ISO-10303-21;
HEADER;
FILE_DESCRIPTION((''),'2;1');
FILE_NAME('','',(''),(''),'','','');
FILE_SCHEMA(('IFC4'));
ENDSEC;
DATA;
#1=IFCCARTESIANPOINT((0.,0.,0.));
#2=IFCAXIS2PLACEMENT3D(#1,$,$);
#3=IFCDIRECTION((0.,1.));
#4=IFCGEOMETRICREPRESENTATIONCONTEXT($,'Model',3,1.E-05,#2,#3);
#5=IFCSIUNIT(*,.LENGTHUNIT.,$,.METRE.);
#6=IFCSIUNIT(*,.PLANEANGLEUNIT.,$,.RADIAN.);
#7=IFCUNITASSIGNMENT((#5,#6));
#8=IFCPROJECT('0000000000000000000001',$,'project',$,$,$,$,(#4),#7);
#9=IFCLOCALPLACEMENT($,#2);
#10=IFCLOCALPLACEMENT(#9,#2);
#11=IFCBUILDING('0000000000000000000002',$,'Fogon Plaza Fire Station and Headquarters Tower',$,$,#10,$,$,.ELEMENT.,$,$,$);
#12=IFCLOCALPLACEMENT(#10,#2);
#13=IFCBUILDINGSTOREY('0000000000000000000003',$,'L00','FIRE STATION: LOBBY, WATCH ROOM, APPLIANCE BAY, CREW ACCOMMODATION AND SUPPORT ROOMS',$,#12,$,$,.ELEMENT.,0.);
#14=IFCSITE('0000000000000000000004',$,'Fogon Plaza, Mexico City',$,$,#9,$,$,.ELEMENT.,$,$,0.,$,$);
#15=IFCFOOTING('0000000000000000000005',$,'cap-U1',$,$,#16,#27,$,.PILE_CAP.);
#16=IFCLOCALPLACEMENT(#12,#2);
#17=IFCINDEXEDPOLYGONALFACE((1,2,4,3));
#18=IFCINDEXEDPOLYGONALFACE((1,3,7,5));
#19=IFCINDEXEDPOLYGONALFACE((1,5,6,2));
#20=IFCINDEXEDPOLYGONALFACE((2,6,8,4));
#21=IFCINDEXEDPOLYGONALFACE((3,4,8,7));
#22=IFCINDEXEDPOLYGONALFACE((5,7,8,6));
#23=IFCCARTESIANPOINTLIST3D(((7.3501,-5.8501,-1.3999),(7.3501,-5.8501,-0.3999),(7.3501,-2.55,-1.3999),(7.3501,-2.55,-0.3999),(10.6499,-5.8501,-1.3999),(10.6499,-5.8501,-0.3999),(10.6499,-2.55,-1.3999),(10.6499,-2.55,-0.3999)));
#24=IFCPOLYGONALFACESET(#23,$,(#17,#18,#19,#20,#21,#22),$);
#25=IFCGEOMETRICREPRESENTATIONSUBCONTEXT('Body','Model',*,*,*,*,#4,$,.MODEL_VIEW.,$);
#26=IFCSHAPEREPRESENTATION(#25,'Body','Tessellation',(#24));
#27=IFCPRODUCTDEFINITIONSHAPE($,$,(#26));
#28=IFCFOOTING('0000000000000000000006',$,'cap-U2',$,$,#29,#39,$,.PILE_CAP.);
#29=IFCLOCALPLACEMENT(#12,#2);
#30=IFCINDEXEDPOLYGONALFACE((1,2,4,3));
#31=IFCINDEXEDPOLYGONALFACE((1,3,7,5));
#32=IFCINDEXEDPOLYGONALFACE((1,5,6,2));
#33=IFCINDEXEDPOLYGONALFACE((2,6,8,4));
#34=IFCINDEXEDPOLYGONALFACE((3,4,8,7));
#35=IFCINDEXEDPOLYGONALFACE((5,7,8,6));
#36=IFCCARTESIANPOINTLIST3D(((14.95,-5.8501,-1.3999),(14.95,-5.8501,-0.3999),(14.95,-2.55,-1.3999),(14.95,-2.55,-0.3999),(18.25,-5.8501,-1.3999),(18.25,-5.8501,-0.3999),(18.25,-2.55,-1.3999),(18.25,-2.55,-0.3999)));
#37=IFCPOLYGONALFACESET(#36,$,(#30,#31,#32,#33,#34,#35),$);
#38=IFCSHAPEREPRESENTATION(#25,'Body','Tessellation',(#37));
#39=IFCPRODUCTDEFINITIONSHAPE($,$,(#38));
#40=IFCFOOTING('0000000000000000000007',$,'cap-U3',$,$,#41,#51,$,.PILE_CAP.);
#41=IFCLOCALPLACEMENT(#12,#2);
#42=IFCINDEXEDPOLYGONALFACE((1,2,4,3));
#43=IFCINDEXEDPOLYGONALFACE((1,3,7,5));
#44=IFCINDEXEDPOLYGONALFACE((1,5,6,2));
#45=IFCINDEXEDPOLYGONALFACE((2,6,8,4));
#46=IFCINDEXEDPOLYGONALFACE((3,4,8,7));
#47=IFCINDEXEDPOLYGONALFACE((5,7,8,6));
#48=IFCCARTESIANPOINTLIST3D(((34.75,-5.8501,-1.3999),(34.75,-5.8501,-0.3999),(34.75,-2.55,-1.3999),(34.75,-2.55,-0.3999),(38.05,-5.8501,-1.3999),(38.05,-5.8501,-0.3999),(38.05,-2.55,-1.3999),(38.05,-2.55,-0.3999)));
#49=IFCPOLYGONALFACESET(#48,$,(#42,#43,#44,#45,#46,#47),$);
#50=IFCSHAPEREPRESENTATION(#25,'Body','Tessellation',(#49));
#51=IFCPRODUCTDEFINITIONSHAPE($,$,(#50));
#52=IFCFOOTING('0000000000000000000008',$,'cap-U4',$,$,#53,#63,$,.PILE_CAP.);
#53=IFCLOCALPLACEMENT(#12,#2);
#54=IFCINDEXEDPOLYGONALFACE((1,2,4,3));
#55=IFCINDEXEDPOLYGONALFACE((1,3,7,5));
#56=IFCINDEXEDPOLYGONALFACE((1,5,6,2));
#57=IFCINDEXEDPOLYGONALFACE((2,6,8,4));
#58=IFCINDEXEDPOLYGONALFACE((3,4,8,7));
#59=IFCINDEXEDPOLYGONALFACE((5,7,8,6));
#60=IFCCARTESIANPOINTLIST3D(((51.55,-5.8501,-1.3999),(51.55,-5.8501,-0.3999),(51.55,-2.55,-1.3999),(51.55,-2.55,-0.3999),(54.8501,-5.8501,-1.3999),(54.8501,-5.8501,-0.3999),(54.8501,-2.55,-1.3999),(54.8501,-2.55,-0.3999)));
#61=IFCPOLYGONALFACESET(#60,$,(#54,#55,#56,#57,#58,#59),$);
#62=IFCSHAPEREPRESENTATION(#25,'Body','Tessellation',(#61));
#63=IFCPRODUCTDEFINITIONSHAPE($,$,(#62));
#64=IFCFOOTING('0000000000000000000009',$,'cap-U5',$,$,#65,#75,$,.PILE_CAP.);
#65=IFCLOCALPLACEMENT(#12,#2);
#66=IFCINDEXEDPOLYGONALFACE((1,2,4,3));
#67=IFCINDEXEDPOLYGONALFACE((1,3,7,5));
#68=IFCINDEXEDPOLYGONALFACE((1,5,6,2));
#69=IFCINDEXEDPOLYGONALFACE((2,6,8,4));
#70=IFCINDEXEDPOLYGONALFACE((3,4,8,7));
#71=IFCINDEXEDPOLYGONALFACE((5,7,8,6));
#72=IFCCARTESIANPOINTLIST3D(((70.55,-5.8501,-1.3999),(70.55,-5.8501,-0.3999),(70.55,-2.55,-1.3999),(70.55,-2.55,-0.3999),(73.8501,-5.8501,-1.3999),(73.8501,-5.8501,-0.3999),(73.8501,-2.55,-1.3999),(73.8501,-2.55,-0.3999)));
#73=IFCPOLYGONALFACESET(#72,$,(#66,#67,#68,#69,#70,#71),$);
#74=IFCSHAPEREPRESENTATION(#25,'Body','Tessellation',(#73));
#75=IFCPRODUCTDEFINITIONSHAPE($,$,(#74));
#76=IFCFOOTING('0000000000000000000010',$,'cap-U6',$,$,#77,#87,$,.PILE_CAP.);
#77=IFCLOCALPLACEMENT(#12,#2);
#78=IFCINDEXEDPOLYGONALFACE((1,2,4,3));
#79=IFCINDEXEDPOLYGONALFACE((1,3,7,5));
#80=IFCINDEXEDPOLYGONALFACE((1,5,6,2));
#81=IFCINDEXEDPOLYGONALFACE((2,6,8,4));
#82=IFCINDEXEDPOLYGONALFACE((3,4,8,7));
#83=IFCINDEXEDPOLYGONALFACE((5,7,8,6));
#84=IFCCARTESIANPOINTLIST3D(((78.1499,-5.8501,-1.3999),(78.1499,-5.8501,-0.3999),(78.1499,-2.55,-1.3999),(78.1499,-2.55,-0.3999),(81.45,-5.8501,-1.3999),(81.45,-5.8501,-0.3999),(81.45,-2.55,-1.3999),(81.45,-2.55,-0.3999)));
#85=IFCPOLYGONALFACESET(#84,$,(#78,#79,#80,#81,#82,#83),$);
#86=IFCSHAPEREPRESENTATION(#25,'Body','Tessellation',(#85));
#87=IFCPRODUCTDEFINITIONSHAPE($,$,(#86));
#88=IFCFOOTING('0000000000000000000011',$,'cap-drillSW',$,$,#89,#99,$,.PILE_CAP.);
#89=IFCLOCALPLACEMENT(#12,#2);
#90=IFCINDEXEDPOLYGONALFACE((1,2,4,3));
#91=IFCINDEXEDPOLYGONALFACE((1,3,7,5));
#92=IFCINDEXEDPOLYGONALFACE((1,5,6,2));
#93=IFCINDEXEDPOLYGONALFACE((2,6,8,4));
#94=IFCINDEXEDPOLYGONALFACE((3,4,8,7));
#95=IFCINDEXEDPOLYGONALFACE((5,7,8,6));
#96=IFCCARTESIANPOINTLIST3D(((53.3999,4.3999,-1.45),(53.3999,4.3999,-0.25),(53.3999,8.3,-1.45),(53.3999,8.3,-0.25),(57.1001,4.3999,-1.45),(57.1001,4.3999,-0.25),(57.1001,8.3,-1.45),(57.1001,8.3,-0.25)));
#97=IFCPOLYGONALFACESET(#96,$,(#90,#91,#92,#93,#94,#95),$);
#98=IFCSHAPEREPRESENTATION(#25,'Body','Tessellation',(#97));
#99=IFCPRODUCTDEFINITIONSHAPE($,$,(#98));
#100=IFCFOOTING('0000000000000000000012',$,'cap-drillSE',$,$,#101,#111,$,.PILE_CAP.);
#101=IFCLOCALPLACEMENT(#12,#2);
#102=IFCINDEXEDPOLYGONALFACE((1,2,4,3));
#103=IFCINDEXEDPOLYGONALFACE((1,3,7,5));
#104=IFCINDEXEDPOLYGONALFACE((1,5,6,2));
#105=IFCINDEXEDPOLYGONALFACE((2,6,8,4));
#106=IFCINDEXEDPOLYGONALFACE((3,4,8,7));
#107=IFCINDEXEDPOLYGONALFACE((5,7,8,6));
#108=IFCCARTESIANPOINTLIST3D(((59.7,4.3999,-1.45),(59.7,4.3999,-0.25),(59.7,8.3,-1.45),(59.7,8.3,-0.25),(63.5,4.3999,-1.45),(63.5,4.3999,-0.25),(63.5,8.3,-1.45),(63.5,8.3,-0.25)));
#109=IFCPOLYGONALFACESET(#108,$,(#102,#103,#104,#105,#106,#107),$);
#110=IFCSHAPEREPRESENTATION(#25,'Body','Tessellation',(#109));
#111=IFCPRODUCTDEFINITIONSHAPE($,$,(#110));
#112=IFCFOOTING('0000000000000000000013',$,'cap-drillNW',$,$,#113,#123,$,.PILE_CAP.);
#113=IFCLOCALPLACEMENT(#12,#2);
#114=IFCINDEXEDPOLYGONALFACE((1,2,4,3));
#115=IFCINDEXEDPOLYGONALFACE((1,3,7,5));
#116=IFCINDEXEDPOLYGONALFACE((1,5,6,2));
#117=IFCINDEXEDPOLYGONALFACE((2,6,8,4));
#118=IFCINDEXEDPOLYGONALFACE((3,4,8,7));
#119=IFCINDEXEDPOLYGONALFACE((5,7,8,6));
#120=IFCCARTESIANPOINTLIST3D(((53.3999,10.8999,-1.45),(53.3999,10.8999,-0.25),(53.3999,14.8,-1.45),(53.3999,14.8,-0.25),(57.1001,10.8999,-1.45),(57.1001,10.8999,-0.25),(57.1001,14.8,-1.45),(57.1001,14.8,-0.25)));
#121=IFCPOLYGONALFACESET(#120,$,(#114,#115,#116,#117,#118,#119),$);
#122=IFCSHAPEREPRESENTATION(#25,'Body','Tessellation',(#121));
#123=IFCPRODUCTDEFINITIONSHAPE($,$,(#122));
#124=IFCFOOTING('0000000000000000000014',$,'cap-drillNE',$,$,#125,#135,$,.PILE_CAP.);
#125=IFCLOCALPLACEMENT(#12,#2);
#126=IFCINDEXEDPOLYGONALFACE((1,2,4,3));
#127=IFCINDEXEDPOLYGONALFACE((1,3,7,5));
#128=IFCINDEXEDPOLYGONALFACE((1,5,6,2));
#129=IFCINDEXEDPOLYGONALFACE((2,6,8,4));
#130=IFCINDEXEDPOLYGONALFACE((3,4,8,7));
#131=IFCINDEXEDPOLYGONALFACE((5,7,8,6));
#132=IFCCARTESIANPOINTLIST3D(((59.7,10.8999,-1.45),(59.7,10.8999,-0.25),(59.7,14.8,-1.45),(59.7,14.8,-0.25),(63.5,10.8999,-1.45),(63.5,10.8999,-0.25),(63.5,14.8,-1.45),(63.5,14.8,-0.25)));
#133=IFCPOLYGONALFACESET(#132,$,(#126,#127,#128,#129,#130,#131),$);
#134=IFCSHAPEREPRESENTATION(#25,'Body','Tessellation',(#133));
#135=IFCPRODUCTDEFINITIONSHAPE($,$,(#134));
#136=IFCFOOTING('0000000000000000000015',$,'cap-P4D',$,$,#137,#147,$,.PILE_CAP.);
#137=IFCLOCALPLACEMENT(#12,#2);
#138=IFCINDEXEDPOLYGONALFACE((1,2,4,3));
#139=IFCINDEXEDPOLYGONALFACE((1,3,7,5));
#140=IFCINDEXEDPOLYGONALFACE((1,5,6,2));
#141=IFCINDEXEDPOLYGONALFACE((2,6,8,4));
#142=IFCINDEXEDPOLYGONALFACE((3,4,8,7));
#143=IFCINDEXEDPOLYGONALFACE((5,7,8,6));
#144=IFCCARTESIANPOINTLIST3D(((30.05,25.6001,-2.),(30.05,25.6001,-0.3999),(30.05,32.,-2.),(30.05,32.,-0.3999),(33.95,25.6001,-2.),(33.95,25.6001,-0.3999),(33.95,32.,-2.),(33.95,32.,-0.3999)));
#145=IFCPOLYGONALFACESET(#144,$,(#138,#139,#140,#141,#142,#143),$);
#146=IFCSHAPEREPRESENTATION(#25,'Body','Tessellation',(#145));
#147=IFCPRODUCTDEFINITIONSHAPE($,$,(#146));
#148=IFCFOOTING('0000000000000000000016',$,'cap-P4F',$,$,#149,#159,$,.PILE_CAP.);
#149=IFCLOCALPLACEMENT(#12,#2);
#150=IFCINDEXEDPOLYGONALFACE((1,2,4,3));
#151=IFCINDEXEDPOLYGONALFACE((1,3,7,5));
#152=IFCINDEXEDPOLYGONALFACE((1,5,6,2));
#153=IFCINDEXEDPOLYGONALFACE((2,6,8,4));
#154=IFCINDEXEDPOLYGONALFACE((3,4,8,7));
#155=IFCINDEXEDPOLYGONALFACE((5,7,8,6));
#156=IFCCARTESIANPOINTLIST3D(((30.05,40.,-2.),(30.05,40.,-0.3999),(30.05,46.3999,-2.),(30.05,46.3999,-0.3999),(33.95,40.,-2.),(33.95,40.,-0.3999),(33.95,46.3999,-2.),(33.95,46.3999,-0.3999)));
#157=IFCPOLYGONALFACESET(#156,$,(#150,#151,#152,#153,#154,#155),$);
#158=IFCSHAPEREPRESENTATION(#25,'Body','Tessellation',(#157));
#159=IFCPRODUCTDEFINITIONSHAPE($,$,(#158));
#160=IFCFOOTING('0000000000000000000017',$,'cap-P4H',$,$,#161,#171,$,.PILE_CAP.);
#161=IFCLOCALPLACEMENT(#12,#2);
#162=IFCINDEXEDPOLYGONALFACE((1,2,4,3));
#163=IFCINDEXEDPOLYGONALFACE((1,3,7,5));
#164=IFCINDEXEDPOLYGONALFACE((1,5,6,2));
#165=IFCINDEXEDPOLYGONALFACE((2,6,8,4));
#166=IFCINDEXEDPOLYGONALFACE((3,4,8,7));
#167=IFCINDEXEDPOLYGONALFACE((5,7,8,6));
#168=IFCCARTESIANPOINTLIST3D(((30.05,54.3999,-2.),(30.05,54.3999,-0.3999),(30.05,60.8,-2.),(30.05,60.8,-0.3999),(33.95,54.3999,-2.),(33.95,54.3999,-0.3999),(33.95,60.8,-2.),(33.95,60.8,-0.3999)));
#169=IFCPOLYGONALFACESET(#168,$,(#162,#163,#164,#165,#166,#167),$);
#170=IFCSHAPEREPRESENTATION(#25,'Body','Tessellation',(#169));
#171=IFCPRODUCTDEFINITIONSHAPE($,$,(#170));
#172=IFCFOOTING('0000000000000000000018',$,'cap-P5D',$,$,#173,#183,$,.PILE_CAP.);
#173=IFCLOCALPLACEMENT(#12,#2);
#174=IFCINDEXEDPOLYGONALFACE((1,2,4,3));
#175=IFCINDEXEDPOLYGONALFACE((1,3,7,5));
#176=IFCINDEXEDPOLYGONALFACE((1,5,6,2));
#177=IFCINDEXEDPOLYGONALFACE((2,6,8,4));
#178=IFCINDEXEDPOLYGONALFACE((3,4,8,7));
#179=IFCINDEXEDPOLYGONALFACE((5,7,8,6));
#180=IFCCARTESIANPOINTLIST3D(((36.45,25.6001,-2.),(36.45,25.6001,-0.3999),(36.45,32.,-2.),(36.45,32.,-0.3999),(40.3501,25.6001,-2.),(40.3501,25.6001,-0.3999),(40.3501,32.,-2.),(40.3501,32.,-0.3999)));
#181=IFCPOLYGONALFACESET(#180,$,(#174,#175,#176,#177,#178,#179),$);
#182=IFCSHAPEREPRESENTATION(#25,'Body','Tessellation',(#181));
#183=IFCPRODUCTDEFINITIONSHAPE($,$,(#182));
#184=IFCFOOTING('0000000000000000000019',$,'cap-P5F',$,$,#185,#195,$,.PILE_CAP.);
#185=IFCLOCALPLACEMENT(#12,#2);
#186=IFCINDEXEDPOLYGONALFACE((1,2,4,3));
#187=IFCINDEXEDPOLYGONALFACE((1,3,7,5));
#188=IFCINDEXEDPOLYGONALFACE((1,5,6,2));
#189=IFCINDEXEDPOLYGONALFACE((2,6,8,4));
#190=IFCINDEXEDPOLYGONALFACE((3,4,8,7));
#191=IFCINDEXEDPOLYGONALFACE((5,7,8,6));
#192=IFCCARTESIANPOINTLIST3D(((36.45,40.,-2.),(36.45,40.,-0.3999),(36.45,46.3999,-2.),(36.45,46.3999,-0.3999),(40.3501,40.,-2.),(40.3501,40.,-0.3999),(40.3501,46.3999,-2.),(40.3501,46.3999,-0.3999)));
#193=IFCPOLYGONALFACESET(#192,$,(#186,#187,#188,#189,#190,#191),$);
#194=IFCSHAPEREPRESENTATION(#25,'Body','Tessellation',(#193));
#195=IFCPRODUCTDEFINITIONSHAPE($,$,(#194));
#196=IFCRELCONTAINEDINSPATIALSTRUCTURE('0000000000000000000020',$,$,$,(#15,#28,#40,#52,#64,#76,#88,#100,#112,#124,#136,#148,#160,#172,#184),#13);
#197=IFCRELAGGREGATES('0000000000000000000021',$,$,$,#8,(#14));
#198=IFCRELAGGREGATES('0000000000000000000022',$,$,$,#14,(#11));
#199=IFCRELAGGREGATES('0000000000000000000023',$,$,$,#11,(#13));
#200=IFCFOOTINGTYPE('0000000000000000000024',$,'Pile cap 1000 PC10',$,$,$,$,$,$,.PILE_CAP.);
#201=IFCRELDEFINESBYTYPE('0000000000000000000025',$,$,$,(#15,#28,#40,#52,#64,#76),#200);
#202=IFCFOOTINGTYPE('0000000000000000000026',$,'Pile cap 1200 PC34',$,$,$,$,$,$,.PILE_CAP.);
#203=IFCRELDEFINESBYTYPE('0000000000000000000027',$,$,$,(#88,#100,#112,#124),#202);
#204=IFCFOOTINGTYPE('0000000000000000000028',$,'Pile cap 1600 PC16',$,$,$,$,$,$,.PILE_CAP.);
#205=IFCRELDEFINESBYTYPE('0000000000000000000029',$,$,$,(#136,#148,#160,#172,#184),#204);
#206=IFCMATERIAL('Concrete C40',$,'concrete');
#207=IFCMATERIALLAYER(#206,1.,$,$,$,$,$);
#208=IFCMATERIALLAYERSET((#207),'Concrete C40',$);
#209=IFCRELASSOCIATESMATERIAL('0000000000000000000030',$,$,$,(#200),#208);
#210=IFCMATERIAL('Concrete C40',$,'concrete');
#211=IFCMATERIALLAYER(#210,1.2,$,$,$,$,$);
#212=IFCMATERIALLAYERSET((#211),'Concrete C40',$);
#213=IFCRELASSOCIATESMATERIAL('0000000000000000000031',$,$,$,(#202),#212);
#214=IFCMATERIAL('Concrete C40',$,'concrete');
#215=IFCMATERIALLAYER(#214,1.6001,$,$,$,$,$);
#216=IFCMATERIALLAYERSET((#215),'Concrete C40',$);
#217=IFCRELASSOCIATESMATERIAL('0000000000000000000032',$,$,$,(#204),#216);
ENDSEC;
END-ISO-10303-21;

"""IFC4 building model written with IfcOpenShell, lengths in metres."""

from ifc_helpers import new_model, si_unit, direction, frame, origin, place, context, subcontext, project, spatial, polyline, outline, extrude, material, layer, layer_set, type_object, element, save


model = new_model("IFC4")

# Units and contexts
model_context = context("Model", 3, precision=1e-05, world=origin(), true_north=direction((0.0, 1.0)))
body_context = subcontext(model_context, "Body", "Model", "MODEL_VIEW")
ifc_project = project(units=[si_unit("LENGTHUNIT", "METRE"), si_unit("PLANEANGLEUNIT", "RADIAN")], contexts=[model_context])

# Site, building, storey
site_placement = place(None, origin())
site = spatial("IfcSite", under=ifc_project, at=site_placement, Name="Fogon Plaza, Mexico City", CompositionType="ELEMENT", RefElevation=0.0)
building_placement = place(site_placement, origin())
building = spatial("IfcBuilding", under=site, at=building_placement, Name="Fogon Plaza Fire Station and Headquarters Tower", CompositionType="ELEMENT")
storey_placement = place(building_placement, origin())
storey = spatial("IfcBuildingStorey", under=building, at=storey_placement, Name="L00", Description="FIRE STATION: LOBBY, WATCH ROOM, APPLIANCE BAY, CREW ACCOMMODATION AND SUPPORT ROOMS", CompositionType="ELEMENT", Elevation=0.0)

# Footings
ifc_material_1 = material(Name="Concrete C40", Category="concrete")
ifc_layer_1 = layer(ifc_material_1, 1.0)
ifc_layer_set_1 = layer_set([ifc_layer_1], Name="Concrete C40")
footing_type_1 = type_object("IfcFootingType", Name="Pile cap 1000 PC10", PredefinedType="PILE_CAP", material=ifc_layer_set_1)
footing_1_placement = place(storey_placement, frame((0.0, 0.0, -1.3999)))
element("IfcFooting", 1, at=footing_1_placement, inside=storey, type_object=footing_type_1, Name="cap-U1", PredefinedType="PILE_CAP", context=body_context, shape_type="SweptSolid", body=[
    extrude(outline(polyline([(10.6499, -5.8501), (10.6499, -2.55), (7.3501, -2.55), (7.3501, -5.8501), (10.6499, -5.8501)])), origin(), (0.0, 0.0, 1.0), 1.0),
])
footing_2_placement = place(storey_placement, frame((0.0, 0.0, -1.3999)))
element("IfcFooting", 2, at=footing_2_placement, inside=storey, type_object=footing_type_1, Name="cap-U2", PredefinedType="PILE_CAP", context=body_context, shape_type="SweptSolid", body=[
    extrude(outline(polyline([(18.25, -5.8501), (18.25, -2.55), (14.95, -2.55), (14.95, -5.8501), (18.25, -5.8501)])), origin(), (0.0, 0.0, 1.0), 1.0),
])
footing_3_placement = place(storey_placement, frame((0.0, 0.0, -1.3999)))
element("IfcFooting", 3, at=footing_3_placement, inside=storey, type_object=footing_type_1, Name="cap-U3", PredefinedType="PILE_CAP", context=body_context, shape_type="SweptSolid", body=[
    extrude(outline(polyline([(38.05, -5.8501), (38.05, -2.55), (34.75, -2.55), (34.75, -5.8501), (38.05, -5.8501)])), origin(), (0.0, 0.0, 1.0), 1.0),
])
footing_4_placement = place(storey_placement, frame((0.0, 0.0, -1.3999)))
element("IfcFooting", 4, at=footing_4_placement, inside=storey, type_object=footing_type_1, Name="cap-U4", PredefinedType="PILE_CAP", context=body_context, shape_type="SweptSolid", body=[
    extrude(outline(polyline([(54.8501, -5.8501), (54.8501, -2.55), (51.55, -2.55), (51.55, -5.8501), (54.8501, -5.8501)])), origin(), (0.0, 0.0, 1.0), 1.0),
])
footing_5_placement = place(storey_placement, frame((0.0, 0.0, -1.3999)))
element("IfcFooting", 5, at=footing_5_placement, inside=storey, type_object=footing_type_1, Name="cap-U5", PredefinedType="PILE_CAP", context=body_context, shape_type="SweptSolid", body=[
    extrude(outline(polyline([(73.8501, -5.8501), (73.8501, -2.55), (70.55, -2.55), (70.55, -5.8501), (73.8501, -5.8501)])), origin(), (0.0, 0.0, 1.0), 1.0),
])
footing_6_placement = place(storey_placement, frame((0.0, 0.0, -1.3999)))
element("IfcFooting", 6, at=footing_6_placement, inside=storey, type_object=footing_type_1, Name="cap-U6", PredefinedType="PILE_CAP", context=body_context, shape_type="SweptSolid", body=[
    extrude(outline(polyline([(81.45, -5.8501), (81.45, -2.55), (78.1499, -2.55), (78.1499, -5.8501), (81.45, -5.8501)])), origin(), (0.0, 0.0, 1.0), 1.0),
])
ifc_material_2 = material(Name="Concrete C40", Category="concrete")
ifc_layer_2 = layer(ifc_material_2, 1.2)
ifc_layer_set_2 = layer_set([ifc_layer_2], Name="Concrete C40")
footing_type_2 = type_object("IfcFootingType", Name="Pile cap 1200 PC34", PredefinedType="PILE_CAP", material=ifc_layer_set_2)
footing_7_placement = place(storey_placement, frame((0.0, 0.0, -1.45)))
element("IfcFooting", 7, at=footing_7_placement, inside=storey, type_object=footing_type_2, Name="cap-drillSW", PredefinedType="PILE_CAP", context=body_context, shape_type="SweptSolid", body=[
    extrude(outline(polyline([(57.1001, 4.3999), (57.1001, 8.3), (53.3999, 8.3), (53.3999, 4.3999), (57.1001, 4.3999)])), origin(), (0.0, 0.0, 1.0), 1.2),
])
footing_8_placement = place(storey_placement, frame((0.0, 0.0, -1.45)))
element("IfcFooting", 8, at=footing_8_placement, inside=storey, type_object=footing_type_2, Name="cap-drillSE", PredefinedType="PILE_CAP", context=body_context, shape_type="SweptSolid", body=[
    extrude(outline(polyline([(63.5, 4.3999), (63.5, 8.3), (59.7, 8.3), (59.7, 4.3999), (63.5, 4.3999)])), origin(), (0.0, 0.0, 1.0), 1.2),
])
footing_9_placement = place(storey_placement, frame((0.0, 0.0, -1.45)))
element("IfcFooting", 9, at=footing_9_placement, inside=storey, type_object=footing_type_2, Name="cap-drillNW", PredefinedType="PILE_CAP", context=body_context, shape_type="SweptSolid", body=[
    extrude(outline(polyline([(57.1001, 10.8999), (57.1001, 14.8), (53.3999, 14.8), (53.3999, 10.8999), (57.1001, 10.8999)])), origin(), (0.0, 0.0, 1.0), 1.2),
])
footing_10_placement = place(storey_placement, frame((0.0, 0.0, -1.45)))
element("IfcFooting", 10, at=footing_10_placement, inside=storey, type_object=footing_type_2, Name="cap-drillNE", PredefinedType="PILE_CAP", context=body_context, shape_type="SweptSolid", body=[
    extrude(outline(polyline([(63.5, 10.8999), (63.5, 14.8), (59.7, 14.8), (59.7, 10.8999), (63.5, 10.8999)])), origin(), (0.0, 0.0, 1.0), 1.2),
])
ifc_material_3 = material(Name="Concrete C40", Category="concrete")
ifc_layer_3 = layer(ifc_material_3, 1.6001)
ifc_layer_set_3 = layer_set([ifc_layer_3], Name="Concrete C40")
footing_type_3 = type_object("IfcFootingType", Name="Pile cap 1600 PC16", PredefinedType="PILE_CAP", material=ifc_layer_set_3)
footing_11_placement = place(storey_placement, frame((0.0, 0.0, -2.0)))
element("IfcFooting", 11, at=footing_11_placement, inside=storey, type_object=footing_type_3, Name="cap-P4D", PredefinedType="PILE_CAP", context=body_context, shape_type="SweptSolid", body=[
    extrude(outline(polyline([(33.95, 25.6001), (33.95, 32.0), (30.05, 32.0), (30.05, 25.6001), (33.95, 25.6001)])), origin(), (0.0, 0.0, 1.0), 1.6001),
])
footing_12_placement = place(storey_placement, frame((0.0, 0.0, -2.0)))
element("IfcFooting", 12, at=footing_12_placement, inside=storey, type_object=footing_type_3, Name="cap-P4F", PredefinedType="PILE_CAP", context=body_context, shape_type="SweptSolid", body=[
    extrude(outline(polyline([(33.95, 40.0), (33.95, 46.3999), (30.05, 46.3999), (30.05, 40.0), (33.95, 40.0)])), origin(), (0.0, 0.0, 1.0), 1.6001),
])
footing_13_placement = place(storey_placement, frame((0.0, 0.0, -2.0)))
element("IfcFooting", 13, at=footing_13_placement, inside=storey, type_object=footing_type_3, Name="cap-P4H", PredefinedType="PILE_CAP", context=body_context, shape_type="SweptSolid", body=[
    extrude(outline(polyline([(33.95, 54.3999), (33.95, 60.8), (30.05, 60.8), (30.05, 54.3999), (33.95, 54.3999)])), origin(), (0.0, 0.0, 1.0), 1.6001),
])
footing_14_placement = place(storey_placement, frame((0.0, 0.0, -2.0)))
element("IfcFooting", 14, at=footing_14_placement, inside=storey, type_object=footing_type_3, Name="cap-P5D", PredefinedType="PILE_CAP", context=body_context, shape_type="SweptSolid", body=[
    extrude(outline(polyline([(40.3501, 25.6001), (40.3501, 32.0), (36.45, 32.0), (36.45, 25.6001), (40.3501, 25.6001)])), origin(), (0.0, 0.0, 1.0), 1.6001),
])
footing_15_placement = place(storey_placement, frame((0.0, 0.0, -2.0)))
element("IfcFooting", 15, at=footing_15_placement, inside=storey, type_object=footing_type_3, Name="cap-P5F", PredefinedType="PILE_CAP", context=body_context, shape_type="SweptSolid", body=[
    extrude(outline(polyline([(40.3501, 40.0), (40.3501, 46.3999), (36.45, 46.3999), (36.45, 40.0), (40.3501, 40.0)])), origin(), (0.0, 0.0, 1.0), 1.6001),
])

save(model, "model.ifc")
